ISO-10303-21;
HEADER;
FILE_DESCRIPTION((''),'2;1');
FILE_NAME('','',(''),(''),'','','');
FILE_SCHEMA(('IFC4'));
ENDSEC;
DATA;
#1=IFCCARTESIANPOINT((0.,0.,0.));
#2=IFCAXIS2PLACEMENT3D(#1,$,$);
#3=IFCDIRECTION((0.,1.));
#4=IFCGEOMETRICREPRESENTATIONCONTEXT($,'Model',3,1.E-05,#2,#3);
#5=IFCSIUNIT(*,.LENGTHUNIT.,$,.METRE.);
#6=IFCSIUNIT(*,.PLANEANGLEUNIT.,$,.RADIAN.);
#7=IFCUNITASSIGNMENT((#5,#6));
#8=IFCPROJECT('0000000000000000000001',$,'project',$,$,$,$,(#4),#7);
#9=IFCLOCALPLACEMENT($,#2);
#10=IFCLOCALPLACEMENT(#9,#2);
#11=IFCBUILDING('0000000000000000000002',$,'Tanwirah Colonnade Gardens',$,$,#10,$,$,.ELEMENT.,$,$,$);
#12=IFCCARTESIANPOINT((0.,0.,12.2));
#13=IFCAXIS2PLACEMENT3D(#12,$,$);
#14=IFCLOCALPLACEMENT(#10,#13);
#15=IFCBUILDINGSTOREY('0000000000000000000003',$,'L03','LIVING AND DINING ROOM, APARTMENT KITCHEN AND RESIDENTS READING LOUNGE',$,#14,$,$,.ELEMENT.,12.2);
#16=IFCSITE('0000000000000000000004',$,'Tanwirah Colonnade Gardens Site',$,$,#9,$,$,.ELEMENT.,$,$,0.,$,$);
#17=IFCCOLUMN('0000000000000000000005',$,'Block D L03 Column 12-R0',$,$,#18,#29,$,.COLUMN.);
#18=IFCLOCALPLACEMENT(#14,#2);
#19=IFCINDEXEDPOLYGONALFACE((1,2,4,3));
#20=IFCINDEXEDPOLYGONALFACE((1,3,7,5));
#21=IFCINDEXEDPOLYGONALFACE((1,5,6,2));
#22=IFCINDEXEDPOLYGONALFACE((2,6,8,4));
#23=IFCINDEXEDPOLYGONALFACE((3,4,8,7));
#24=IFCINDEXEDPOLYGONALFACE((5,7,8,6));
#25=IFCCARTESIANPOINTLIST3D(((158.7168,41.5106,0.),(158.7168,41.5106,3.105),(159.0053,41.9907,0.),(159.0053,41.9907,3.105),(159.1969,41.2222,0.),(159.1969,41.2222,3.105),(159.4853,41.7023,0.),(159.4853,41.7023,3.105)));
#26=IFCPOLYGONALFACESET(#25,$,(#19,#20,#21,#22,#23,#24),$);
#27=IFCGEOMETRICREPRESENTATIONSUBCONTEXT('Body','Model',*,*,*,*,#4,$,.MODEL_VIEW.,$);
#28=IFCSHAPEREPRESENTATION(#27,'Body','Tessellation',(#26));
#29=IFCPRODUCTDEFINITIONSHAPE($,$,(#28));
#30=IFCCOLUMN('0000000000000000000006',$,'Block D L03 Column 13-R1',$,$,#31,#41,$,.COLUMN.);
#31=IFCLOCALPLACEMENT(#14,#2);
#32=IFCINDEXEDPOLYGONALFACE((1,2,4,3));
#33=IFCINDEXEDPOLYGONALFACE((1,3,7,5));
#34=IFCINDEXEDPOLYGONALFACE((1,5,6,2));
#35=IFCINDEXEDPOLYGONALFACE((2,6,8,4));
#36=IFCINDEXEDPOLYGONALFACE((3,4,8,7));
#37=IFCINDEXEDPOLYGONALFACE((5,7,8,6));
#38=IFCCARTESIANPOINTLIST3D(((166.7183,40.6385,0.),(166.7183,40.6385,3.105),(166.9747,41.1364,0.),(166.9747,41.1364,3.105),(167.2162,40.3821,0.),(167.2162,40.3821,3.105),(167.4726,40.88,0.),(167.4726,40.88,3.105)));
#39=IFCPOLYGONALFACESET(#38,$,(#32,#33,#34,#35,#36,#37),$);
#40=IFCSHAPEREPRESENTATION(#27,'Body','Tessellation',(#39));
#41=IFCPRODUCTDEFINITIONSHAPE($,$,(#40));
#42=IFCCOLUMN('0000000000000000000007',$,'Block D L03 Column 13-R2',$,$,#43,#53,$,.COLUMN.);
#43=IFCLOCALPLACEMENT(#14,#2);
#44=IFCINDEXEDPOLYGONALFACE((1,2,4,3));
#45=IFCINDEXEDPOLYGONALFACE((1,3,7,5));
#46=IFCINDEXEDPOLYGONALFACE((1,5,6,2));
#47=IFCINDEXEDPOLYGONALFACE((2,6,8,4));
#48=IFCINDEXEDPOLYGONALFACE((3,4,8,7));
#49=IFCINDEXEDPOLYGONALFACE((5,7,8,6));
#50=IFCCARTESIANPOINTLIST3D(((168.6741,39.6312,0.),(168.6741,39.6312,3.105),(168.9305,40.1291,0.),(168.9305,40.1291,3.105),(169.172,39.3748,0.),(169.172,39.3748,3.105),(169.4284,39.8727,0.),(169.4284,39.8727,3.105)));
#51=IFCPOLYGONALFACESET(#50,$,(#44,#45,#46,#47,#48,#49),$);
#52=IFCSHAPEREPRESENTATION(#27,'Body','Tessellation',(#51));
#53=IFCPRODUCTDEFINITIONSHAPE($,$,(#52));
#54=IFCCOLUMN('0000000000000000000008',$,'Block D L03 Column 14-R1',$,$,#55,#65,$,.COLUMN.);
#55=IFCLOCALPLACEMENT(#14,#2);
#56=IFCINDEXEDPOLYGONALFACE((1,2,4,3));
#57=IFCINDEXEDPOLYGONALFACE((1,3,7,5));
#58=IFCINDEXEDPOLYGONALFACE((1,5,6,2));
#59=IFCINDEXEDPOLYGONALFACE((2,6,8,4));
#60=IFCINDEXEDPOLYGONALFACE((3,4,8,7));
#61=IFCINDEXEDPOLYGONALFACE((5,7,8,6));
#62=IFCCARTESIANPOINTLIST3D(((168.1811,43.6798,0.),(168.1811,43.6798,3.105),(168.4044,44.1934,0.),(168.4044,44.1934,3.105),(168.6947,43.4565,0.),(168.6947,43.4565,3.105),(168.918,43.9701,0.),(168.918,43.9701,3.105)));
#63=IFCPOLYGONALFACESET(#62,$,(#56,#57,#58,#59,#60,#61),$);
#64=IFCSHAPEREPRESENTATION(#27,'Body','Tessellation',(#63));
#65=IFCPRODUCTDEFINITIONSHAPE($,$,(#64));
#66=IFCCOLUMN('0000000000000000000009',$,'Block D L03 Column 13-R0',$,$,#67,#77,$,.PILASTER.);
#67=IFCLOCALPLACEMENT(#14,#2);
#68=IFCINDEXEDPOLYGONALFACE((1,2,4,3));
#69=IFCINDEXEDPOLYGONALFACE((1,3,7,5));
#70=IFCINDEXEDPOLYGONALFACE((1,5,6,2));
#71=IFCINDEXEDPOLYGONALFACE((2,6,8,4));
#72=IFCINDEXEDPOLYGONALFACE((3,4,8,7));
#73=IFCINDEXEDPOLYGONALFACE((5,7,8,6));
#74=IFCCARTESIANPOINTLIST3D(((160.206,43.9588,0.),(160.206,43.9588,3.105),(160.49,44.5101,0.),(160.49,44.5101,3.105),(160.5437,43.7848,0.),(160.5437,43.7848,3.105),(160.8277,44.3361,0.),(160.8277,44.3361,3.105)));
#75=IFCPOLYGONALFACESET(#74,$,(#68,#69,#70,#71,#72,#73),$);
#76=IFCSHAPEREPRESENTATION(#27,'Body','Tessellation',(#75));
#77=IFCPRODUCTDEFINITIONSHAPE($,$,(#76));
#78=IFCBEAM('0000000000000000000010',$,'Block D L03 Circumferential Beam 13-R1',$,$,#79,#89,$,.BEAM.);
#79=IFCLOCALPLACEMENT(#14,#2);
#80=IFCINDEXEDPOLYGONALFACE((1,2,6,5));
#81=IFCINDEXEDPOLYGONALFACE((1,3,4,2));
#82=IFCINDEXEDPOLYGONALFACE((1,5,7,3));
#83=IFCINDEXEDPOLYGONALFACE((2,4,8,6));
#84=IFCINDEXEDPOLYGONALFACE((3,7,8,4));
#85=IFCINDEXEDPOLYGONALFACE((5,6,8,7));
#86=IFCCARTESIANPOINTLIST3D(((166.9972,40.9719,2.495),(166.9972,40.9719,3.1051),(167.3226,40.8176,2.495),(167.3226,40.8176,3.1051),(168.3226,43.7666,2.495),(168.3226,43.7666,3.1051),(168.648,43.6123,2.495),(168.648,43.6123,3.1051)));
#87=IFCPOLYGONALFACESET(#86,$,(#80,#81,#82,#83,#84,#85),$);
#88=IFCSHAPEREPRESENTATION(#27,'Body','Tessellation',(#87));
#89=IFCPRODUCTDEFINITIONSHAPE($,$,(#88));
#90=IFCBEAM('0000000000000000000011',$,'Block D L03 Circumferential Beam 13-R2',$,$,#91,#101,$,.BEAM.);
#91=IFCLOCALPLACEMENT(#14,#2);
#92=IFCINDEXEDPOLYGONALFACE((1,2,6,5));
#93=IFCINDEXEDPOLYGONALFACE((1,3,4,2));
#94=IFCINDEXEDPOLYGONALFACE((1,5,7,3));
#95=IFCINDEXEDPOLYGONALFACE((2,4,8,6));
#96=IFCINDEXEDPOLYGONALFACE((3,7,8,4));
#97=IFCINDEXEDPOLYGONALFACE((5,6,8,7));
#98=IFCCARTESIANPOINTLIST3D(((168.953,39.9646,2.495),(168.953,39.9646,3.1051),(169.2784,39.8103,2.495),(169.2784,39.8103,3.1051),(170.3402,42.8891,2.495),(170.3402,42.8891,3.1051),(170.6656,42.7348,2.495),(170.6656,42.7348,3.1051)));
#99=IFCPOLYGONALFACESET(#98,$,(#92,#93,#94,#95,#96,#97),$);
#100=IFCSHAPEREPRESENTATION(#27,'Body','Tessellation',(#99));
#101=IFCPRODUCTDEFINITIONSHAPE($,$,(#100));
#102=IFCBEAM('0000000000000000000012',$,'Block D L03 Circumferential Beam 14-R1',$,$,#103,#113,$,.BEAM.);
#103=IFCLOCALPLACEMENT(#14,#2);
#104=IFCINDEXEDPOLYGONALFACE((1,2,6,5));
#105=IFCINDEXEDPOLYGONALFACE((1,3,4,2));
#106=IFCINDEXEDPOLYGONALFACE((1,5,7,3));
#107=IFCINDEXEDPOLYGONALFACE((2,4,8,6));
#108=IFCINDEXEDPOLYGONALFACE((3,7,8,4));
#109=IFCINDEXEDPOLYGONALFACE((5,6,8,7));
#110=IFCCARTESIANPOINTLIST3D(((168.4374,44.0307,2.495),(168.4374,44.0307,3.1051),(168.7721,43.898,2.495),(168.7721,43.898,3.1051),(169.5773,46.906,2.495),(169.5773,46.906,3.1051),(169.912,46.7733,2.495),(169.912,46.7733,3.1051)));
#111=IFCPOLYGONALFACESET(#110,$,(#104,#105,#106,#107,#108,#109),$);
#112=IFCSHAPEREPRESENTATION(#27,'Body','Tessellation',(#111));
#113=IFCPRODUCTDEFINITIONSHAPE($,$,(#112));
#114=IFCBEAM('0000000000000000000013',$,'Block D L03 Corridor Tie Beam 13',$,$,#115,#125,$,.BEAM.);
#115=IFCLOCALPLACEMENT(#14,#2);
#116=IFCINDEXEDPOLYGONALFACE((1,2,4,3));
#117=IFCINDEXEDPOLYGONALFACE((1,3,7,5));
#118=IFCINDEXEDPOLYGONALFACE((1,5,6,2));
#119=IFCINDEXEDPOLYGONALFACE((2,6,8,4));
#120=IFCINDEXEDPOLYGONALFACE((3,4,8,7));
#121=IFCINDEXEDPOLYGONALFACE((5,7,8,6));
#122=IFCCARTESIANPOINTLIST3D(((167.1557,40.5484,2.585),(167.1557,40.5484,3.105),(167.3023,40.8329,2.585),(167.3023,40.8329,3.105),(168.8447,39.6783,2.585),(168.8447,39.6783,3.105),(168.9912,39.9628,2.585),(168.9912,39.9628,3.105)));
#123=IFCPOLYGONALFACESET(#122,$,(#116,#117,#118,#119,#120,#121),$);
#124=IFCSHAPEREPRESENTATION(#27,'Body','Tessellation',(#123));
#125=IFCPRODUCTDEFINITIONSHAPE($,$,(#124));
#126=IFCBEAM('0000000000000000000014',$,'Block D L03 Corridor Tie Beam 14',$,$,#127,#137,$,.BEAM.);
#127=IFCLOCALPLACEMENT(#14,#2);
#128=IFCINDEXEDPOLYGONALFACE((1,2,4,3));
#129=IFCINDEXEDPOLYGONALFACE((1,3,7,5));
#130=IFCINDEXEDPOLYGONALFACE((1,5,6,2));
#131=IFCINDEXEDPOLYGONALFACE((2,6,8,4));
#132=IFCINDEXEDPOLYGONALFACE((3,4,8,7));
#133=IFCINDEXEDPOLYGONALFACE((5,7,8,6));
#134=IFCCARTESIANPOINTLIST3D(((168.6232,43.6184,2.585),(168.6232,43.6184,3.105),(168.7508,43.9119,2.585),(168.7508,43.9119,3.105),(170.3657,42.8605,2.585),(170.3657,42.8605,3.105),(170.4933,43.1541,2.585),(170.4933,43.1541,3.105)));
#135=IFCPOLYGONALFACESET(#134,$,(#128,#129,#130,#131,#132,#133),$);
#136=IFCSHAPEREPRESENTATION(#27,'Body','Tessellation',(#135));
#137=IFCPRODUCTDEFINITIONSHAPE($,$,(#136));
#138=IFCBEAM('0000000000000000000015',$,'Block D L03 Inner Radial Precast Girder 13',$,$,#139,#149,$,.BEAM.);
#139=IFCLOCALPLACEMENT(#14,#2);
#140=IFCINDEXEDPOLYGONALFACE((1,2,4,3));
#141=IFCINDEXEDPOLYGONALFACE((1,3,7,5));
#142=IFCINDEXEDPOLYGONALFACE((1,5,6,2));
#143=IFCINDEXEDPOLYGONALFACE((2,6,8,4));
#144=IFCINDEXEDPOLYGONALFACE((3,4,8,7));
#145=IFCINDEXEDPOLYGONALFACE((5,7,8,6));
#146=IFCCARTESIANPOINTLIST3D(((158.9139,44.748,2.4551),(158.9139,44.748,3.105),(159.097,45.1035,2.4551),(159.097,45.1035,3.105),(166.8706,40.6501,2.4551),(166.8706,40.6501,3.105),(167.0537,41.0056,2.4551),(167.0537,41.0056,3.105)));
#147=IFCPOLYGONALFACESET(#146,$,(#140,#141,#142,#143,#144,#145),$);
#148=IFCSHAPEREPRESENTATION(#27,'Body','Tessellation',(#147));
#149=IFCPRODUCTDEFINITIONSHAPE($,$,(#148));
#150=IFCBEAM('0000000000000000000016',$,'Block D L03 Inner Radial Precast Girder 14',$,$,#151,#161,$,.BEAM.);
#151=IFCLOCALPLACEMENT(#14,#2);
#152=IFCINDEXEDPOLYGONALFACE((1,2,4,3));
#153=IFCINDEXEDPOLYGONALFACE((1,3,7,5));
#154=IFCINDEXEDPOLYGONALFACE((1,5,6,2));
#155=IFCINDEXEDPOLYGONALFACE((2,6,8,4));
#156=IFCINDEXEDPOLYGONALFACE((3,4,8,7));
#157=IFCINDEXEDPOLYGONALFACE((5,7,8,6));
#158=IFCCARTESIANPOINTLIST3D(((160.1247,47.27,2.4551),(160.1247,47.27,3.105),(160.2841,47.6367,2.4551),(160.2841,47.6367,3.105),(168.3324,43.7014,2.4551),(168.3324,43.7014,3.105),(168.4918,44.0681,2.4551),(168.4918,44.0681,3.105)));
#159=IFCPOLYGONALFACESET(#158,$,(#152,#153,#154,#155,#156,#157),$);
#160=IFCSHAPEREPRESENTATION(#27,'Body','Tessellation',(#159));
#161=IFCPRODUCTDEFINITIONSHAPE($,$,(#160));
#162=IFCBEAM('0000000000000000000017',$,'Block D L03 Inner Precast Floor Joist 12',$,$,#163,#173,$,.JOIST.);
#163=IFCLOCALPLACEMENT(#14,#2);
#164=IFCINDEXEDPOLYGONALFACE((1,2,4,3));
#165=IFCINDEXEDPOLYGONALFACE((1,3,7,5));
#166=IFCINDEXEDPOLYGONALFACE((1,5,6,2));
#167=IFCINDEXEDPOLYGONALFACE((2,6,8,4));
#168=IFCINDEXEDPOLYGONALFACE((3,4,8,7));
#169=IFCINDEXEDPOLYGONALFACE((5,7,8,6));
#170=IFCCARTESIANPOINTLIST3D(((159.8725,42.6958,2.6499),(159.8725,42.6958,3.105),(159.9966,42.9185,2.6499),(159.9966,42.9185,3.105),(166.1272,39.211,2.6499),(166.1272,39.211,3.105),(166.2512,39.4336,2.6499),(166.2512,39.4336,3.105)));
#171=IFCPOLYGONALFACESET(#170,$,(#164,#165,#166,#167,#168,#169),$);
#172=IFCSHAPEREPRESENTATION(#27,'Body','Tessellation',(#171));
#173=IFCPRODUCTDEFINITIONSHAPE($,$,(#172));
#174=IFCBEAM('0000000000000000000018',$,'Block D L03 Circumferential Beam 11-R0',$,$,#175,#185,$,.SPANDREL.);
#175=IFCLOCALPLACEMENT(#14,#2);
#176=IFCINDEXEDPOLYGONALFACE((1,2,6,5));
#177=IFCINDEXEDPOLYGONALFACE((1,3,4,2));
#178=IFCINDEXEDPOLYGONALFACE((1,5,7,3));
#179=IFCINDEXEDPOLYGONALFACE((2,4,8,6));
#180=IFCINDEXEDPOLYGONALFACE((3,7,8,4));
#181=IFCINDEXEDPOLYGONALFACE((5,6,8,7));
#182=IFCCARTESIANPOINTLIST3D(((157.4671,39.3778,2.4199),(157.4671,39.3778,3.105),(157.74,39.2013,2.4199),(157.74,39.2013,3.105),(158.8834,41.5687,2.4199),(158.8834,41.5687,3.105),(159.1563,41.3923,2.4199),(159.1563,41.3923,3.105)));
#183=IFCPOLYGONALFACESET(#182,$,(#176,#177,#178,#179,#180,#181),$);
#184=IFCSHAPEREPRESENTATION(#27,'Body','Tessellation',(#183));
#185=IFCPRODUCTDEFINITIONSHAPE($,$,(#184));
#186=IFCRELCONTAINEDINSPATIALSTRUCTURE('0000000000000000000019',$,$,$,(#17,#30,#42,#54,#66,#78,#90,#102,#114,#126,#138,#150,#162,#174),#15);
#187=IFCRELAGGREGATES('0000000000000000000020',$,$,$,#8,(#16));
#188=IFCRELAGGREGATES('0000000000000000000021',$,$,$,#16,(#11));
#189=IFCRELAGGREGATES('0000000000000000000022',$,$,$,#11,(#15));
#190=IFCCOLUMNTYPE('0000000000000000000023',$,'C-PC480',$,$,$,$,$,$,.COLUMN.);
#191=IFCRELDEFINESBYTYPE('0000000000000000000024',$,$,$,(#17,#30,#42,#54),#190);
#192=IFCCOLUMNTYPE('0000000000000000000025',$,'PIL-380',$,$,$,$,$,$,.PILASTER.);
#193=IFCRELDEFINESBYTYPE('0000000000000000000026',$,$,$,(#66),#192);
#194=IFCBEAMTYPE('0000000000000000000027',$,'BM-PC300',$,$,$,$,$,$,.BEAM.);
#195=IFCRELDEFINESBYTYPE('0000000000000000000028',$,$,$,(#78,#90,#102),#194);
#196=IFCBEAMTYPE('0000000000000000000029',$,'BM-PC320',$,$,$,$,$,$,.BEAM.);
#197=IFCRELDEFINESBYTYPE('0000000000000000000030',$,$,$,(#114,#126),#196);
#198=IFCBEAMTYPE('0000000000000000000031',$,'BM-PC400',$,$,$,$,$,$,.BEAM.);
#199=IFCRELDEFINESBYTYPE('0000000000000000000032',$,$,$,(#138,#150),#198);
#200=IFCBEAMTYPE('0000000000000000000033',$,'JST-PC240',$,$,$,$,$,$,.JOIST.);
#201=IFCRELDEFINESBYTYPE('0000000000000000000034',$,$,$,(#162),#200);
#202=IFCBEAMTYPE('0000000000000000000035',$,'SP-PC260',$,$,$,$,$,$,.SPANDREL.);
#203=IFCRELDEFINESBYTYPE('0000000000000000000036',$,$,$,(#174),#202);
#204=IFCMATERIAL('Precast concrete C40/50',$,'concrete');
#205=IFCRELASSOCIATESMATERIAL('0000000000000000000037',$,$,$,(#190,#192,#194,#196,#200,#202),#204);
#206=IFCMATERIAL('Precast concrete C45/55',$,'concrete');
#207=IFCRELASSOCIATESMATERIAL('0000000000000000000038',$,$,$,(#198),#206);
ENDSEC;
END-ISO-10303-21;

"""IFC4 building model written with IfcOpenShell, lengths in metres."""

from ifc_helpers import new_model, si_unit, direction, frame, origin, origin_2d, place, context, subcontext, project, spatial, rectangle, extrude, material, material_profile, profile_set, type_object, element, save


model = new_model("IFC4")

# Units and contexts
model_context = context("Model", 3, precision=1e-05, world=origin(), true_north=direction((0.0, 1.0)))
body_context = subcontext(model_context, "Body", "Model", "MODEL_VIEW")
ifc_project = project(units=[si_unit("LENGTHUNIT", "METRE"), si_unit("PLANEANGLEUNIT", "RADIAN")], contexts=[model_context])

# Site, building, storey
site_placement = place(None, origin())
site = spatial("IfcSite", under=ifc_project, at=site_placement, Name="Tanwirah Colonnade Gardens Site", CompositionType="ELEMENT", RefElevation=0.0)
building_placement = place(site_placement, origin())
building = spatial("IfcBuilding", under=site, at=building_placement, Name="Tanwirah Colonnade Gardens", CompositionType="ELEMENT")
storey_placement = place(building_placement, frame((0.0, 0.0, 12.2)))
storey = spatial("IfcBuildingStorey", under=building, at=storey_placement, Name="L03", Description="LIVING AND DINING ROOM, APARTMENT KITCHEN AND RESIDENTS READING LOUNGE", CompositionType="ELEMENT", Elevation=12.2)

# Columns
ifc_material_1 = material(Name="Precast concrete C40/50", Category="concrete")
ifc_material_profile_1 = material_profile(ifc_material_1, rectangle(XDim=0.5601, YDim=0.5601, at=origin_2d()), Name="PC-COL 560x560")
ifc_profile_set_1 = profile_set([ifc_material_profile_1], Name="Precast concrete C40/50")
column_type_1 = type_object("IfcColumnType", Name="C-PC480", PredefinedType="COLUMN", material=ifc_profile_set_1)
for number, where, z_axis, x_axis, name in (
    (1, (159.1011, 41.6064, 0.0), (0.0, 0.0, 1.0), (0.857167, -0.515038, 0.0), "Block D L03 Column 12-R0"),
    (2, (167.0955, 40.7593, 0.0), (0.0, 0.0, 1.0), (0.889017, -0.457874, 0.0), "Block D L03 Column 13-R1"),
    (3, (169.0513, 39.752, 0.0), (0.0, 0.0, 1.0), (0.889017, -0.457874, 0.0), "Block D L03 Column 13-R2"),
    (4, (168.5496, 43.825, 0.0), (0.0, 0.0, 1.0), (0.91706, -0.398749, 0.0), "Block D L03 Column 14-R1"),
):
    element("IfcColumn", number, at=place(storey_placement, frame(where, z_axis=z_axis, x_axis=x_axis)), inside=storey, type_object=column_type_1, Name=name, PredefinedType="COLUMN", context=body_context, shape_type="SweptSolid", body=[
        extrude(rectangle(XDim=0.5601, YDim=0.5601, at=origin_2d()), origin(), (0.0, 0.0, 1.0), 3.105),
    ])
ifc_material_profile_2 = material_profile(ifc_material_1, rectangle(XDim=0.3799, YDim=0.6201, at=origin_2d()), Name="PC-PIL 380x620")
ifc_profile_set_2 = profile_set([ifc_material_profile_2], Name="Precast concrete C40/50")
column_type_2 = type_object("IfcColumnType", Name="PIL-380", PredefinedType="PILASTER", material=ifc_profile_set_2)
column_placement = place(storey_placement, frame((160.5168, 44.1475, 0.0), z_axis=(0.0, 0.0, 1.0), x_axis=(0.889017, -0.457874, 0.0)))
element("IfcColumn", 5, at=column_placement, inside=storey, type_object=column_type_2, Name="Block D L03 Column 13-R0", PredefinedType="PILASTER", context=body_context, shape_type="SweptSolid", body=[
    extrude(rectangle(XDim=0.3799, YDim=0.6201, at=origin_2d()), origin(), (0.0, 0.0, 1.0), 3.105),
])

# Beams
ifc_material_profile_3 = material_profile(ifc_material_1, rectangle(XDim=0.3601, YDim=0.6101, at=origin_2d()), Name="PC-BM 360x610")
ifc_profile_set_3 = profile_set([ifc_material_profile_3], Name="Precast concrete C40/50")
beam_type_1 = type_object("IfcBeamType", Name="BM-PC300", PredefinedType="BEAM", material=ifc_profile_set_3)
beam_1_placement = place(storey_placement, frame((167.1599, 40.8948, 2.8), z_axis=(0.428521, 0.903532, 0.0), x_axis=(-0.903532, 0.428521, 0.0)))
element("IfcBeam", 6, at=beam_1_placement, inside=storey, type_object=beam_type_1, Name="Block D L03 Circumferential Beam 13-R1", PredefinedType="BEAM", context=body_context, shape_type="SweptSolid", body=[
    extrude(rectangle(XDim=0.3601, YDim=0.6101, at=origin_2d()), origin(), (0.0, 0.0, 1.0), 3.093),
])
beam_2_placement = place(storey_placement, frame((169.1157, 39.8875, 2.8), z_axis=(0.428563, 0.903512, 0.0), x_axis=(-0.903512, 0.428563, 0.0)))
element("IfcBeam", 7, at=beam_2_placement, inside=storey, type_object=beam_type_1, Name="Block D L03 Circumferential Beam 13-R2", PredefinedType="BEAM", context=body_context, shape_type="SweptSolid", body=[
    extrude(rectangle(XDim=0.3601, YDim=0.6101, at=origin_2d()), origin(), (0.0, 0.0, 1.0), 3.2368),
])
beam_3_placement = place(storey_placement, frame((168.6047, 43.9644, 2.8), z_axis=(0.368545, 0.92961, 0.0), x_axis=(-0.92961, 0.368545, 0.0)))
element("IfcBeam", 8, at=beam_3_placement, inside=storey, type_object=beam_type_1, Name="Block D L03 Circumferential Beam 14-R1", PredefinedType="BEAM", context=body_context, shape_type="SweptSolid", body=[
    extrude(rectangle(XDim=0.3601, YDim=0.6101, at=origin_2d()), origin(), (0.0, 0.0, 1.0), 3.093),
])
ifc_material_profile_4 = material_profile(ifc_material_1, rectangle(XDim=0.3201, YDim=0.52, at=origin_2d()), Name="PC-BM 320x520")
ifc_profile_set_4 = profile_set([ifc_material_profile_4], Name="Precast concrete C40/50")
beam_type_2 = type_object("IfcBeamType", Name="BM-PC320", PredefinedType="BEAM", material=ifc_profile_set_4)
beam_4_placement = place(storey_placement, frame((167.229, 40.6907, 2.845), z_axis=(0.888965, -0.457975, 0.0), x_axis=(0.457975, 0.888965, 0.0)))
element("IfcBeam", 9, at=beam_4_placement, inside=storey, type_object=beam_type_2, Name="Block D L03 Corridor Tie Beam 13", PredefinedType="BEAM", context=body_context, shape_type="SweptSolid", body=[
    extrude(rectangle(XDim=0.3201, YDim=0.52, at=origin_2d()), origin(), (0.0, 0.0, 1.0), 1.8999),
])
beam_5_placement = place(storey_placement, frame((168.687, 43.7651, 2.845), z_axis=(0.917025, -0.398829, 0.0), x_axis=(0.398829, 0.917025, 0.0)))
element("IfcBeam", 10, at=beam_5_placement, inside=storey, type_object=beam_type_2, Name="Block D L03 Corridor Tie Beam 14", PredefinedType="BEAM", context=body_context, shape_type="SweptSolid", body=[
    extrude(rectangle(XDim=0.3201, YDim=0.52, at=origin_2d()), origin(), (0.0, 0.0, 1.0), 1.9001),
])
ifc_material_2 = material(Name="Precast concrete C45/55", Category="concrete")
ifc_material_profile_5 = material_profile(ifc_material_2, rectangle(XDim=0.3999, YDim=0.6499, at=origin_2d()), Name="PC-BM 400x650")
ifc_profile_set_5 = profile_set([ifc_material_profile_5], Name="Precast concrete C45/55")
beam_type_3 = type_object("IfcBeamType", Name="BM-PC400", PredefinedType="BEAM", material=ifc_profile_set_5)
for number, where, z_axis, x_axis, name in (
    (11, (166.9622, 40.8279, 2.78), (-0.889022, 0.457864, 0.0), (-0.457864, -0.889022, 0.0), "Block D L03 Inner Radial Precast Girder 13"),
    (12, (168.4121, 43.8848, 2.78), (-0.91707, 0.398727, 0.0), (-0.398727, -0.91707, 0.0), "Block D L03 Inner Radial Precast Girder 14"),
):
    element("IfcBeam", number, at=place(storey_placement, frame(where, z_axis=z_axis, x_axis=x_axis)), inside=storey, type_object=beam_type_3, Name=name, PredefinedType="BEAM", context=body_context, shape_type="SweptSolid", body=[
        extrude(rectangle(XDim=0.3999, YDim=0.6499, at=origin_2d()), origin(), (0.0, 0.0, 1.0), 8.95),
    ])
ifc_material_profile_6 = material_profile(ifc_material_1, rectangle(XDim=0.2549, YDim=0.4551, at=origin_2d()), Name="PC-JST 255x455")
ifc_profile_set_6 = profile_set([ifc_material_profile_6], Name="Precast concrete C40/50")
beam_type_4 = type_object("IfcBeamType", Name="JST-PC240", PredefinedType="JOIST", material=ifc_profile_set_6)
beam_6_placement = place(storey_placement, frame((159.9346, 42.8071, 2.8774), z_axis=(0.87356, -0.486717, 0.0), x_axis=(0.486717, 0.87356, 0.0)))
element("IfcBeam", 13, at=beam_6_placement, inside=storey, type_object=beam_type_4, Name="Block D L03 Inner Precast Floor Joist 12", PredefinedType="JOIST", context=body_context, shape_type="SweptSolid", body=[
    extrude(rectangle(XDim=0.2549, YDim=0.4551, at=origin_2d()), origin(), (0.0, 0.0, 1.0), 7.1599),
])
ifc_material_profile_7 = material_profile(ifc_material_1, rectangle(XDim=0.325, YDim=0.6851, at=origin_2d()), Name="PC-SP 325x685")
ifc_profile_set_7 = profile_set([ifc_material_profile_7], Name="Precast concrete C40/50")
beam_type_5 = type_object("IfcBeamType", Name="SP-PC260", PredefinedType="SPANDREL", material=ifc_profile_set_7)
beam_7_placement = place(storey_placement, frame((157.6035, 39.2896, 2.7625), z_axis=(0.542875, 0.839814, 0.0), x_axis=(-0.839814, 0.542875, 0.0)))
element("IfcBeam", 14, at=beam_7_placement, inside=storey, type_object=beam_type_5, Name="Block D L03 Circumferential Beam 11-R0", PredefinedType="SPANDREL", context=body_context, shape_type="SweptSolid", body=[
    extrude(rectangle(XDim=0.325, YDim=0.6851, at=origin_2d()), origin(), (0.0, 0.0, 1.0), 2.6089),
])

save(model, "model.ifc")
